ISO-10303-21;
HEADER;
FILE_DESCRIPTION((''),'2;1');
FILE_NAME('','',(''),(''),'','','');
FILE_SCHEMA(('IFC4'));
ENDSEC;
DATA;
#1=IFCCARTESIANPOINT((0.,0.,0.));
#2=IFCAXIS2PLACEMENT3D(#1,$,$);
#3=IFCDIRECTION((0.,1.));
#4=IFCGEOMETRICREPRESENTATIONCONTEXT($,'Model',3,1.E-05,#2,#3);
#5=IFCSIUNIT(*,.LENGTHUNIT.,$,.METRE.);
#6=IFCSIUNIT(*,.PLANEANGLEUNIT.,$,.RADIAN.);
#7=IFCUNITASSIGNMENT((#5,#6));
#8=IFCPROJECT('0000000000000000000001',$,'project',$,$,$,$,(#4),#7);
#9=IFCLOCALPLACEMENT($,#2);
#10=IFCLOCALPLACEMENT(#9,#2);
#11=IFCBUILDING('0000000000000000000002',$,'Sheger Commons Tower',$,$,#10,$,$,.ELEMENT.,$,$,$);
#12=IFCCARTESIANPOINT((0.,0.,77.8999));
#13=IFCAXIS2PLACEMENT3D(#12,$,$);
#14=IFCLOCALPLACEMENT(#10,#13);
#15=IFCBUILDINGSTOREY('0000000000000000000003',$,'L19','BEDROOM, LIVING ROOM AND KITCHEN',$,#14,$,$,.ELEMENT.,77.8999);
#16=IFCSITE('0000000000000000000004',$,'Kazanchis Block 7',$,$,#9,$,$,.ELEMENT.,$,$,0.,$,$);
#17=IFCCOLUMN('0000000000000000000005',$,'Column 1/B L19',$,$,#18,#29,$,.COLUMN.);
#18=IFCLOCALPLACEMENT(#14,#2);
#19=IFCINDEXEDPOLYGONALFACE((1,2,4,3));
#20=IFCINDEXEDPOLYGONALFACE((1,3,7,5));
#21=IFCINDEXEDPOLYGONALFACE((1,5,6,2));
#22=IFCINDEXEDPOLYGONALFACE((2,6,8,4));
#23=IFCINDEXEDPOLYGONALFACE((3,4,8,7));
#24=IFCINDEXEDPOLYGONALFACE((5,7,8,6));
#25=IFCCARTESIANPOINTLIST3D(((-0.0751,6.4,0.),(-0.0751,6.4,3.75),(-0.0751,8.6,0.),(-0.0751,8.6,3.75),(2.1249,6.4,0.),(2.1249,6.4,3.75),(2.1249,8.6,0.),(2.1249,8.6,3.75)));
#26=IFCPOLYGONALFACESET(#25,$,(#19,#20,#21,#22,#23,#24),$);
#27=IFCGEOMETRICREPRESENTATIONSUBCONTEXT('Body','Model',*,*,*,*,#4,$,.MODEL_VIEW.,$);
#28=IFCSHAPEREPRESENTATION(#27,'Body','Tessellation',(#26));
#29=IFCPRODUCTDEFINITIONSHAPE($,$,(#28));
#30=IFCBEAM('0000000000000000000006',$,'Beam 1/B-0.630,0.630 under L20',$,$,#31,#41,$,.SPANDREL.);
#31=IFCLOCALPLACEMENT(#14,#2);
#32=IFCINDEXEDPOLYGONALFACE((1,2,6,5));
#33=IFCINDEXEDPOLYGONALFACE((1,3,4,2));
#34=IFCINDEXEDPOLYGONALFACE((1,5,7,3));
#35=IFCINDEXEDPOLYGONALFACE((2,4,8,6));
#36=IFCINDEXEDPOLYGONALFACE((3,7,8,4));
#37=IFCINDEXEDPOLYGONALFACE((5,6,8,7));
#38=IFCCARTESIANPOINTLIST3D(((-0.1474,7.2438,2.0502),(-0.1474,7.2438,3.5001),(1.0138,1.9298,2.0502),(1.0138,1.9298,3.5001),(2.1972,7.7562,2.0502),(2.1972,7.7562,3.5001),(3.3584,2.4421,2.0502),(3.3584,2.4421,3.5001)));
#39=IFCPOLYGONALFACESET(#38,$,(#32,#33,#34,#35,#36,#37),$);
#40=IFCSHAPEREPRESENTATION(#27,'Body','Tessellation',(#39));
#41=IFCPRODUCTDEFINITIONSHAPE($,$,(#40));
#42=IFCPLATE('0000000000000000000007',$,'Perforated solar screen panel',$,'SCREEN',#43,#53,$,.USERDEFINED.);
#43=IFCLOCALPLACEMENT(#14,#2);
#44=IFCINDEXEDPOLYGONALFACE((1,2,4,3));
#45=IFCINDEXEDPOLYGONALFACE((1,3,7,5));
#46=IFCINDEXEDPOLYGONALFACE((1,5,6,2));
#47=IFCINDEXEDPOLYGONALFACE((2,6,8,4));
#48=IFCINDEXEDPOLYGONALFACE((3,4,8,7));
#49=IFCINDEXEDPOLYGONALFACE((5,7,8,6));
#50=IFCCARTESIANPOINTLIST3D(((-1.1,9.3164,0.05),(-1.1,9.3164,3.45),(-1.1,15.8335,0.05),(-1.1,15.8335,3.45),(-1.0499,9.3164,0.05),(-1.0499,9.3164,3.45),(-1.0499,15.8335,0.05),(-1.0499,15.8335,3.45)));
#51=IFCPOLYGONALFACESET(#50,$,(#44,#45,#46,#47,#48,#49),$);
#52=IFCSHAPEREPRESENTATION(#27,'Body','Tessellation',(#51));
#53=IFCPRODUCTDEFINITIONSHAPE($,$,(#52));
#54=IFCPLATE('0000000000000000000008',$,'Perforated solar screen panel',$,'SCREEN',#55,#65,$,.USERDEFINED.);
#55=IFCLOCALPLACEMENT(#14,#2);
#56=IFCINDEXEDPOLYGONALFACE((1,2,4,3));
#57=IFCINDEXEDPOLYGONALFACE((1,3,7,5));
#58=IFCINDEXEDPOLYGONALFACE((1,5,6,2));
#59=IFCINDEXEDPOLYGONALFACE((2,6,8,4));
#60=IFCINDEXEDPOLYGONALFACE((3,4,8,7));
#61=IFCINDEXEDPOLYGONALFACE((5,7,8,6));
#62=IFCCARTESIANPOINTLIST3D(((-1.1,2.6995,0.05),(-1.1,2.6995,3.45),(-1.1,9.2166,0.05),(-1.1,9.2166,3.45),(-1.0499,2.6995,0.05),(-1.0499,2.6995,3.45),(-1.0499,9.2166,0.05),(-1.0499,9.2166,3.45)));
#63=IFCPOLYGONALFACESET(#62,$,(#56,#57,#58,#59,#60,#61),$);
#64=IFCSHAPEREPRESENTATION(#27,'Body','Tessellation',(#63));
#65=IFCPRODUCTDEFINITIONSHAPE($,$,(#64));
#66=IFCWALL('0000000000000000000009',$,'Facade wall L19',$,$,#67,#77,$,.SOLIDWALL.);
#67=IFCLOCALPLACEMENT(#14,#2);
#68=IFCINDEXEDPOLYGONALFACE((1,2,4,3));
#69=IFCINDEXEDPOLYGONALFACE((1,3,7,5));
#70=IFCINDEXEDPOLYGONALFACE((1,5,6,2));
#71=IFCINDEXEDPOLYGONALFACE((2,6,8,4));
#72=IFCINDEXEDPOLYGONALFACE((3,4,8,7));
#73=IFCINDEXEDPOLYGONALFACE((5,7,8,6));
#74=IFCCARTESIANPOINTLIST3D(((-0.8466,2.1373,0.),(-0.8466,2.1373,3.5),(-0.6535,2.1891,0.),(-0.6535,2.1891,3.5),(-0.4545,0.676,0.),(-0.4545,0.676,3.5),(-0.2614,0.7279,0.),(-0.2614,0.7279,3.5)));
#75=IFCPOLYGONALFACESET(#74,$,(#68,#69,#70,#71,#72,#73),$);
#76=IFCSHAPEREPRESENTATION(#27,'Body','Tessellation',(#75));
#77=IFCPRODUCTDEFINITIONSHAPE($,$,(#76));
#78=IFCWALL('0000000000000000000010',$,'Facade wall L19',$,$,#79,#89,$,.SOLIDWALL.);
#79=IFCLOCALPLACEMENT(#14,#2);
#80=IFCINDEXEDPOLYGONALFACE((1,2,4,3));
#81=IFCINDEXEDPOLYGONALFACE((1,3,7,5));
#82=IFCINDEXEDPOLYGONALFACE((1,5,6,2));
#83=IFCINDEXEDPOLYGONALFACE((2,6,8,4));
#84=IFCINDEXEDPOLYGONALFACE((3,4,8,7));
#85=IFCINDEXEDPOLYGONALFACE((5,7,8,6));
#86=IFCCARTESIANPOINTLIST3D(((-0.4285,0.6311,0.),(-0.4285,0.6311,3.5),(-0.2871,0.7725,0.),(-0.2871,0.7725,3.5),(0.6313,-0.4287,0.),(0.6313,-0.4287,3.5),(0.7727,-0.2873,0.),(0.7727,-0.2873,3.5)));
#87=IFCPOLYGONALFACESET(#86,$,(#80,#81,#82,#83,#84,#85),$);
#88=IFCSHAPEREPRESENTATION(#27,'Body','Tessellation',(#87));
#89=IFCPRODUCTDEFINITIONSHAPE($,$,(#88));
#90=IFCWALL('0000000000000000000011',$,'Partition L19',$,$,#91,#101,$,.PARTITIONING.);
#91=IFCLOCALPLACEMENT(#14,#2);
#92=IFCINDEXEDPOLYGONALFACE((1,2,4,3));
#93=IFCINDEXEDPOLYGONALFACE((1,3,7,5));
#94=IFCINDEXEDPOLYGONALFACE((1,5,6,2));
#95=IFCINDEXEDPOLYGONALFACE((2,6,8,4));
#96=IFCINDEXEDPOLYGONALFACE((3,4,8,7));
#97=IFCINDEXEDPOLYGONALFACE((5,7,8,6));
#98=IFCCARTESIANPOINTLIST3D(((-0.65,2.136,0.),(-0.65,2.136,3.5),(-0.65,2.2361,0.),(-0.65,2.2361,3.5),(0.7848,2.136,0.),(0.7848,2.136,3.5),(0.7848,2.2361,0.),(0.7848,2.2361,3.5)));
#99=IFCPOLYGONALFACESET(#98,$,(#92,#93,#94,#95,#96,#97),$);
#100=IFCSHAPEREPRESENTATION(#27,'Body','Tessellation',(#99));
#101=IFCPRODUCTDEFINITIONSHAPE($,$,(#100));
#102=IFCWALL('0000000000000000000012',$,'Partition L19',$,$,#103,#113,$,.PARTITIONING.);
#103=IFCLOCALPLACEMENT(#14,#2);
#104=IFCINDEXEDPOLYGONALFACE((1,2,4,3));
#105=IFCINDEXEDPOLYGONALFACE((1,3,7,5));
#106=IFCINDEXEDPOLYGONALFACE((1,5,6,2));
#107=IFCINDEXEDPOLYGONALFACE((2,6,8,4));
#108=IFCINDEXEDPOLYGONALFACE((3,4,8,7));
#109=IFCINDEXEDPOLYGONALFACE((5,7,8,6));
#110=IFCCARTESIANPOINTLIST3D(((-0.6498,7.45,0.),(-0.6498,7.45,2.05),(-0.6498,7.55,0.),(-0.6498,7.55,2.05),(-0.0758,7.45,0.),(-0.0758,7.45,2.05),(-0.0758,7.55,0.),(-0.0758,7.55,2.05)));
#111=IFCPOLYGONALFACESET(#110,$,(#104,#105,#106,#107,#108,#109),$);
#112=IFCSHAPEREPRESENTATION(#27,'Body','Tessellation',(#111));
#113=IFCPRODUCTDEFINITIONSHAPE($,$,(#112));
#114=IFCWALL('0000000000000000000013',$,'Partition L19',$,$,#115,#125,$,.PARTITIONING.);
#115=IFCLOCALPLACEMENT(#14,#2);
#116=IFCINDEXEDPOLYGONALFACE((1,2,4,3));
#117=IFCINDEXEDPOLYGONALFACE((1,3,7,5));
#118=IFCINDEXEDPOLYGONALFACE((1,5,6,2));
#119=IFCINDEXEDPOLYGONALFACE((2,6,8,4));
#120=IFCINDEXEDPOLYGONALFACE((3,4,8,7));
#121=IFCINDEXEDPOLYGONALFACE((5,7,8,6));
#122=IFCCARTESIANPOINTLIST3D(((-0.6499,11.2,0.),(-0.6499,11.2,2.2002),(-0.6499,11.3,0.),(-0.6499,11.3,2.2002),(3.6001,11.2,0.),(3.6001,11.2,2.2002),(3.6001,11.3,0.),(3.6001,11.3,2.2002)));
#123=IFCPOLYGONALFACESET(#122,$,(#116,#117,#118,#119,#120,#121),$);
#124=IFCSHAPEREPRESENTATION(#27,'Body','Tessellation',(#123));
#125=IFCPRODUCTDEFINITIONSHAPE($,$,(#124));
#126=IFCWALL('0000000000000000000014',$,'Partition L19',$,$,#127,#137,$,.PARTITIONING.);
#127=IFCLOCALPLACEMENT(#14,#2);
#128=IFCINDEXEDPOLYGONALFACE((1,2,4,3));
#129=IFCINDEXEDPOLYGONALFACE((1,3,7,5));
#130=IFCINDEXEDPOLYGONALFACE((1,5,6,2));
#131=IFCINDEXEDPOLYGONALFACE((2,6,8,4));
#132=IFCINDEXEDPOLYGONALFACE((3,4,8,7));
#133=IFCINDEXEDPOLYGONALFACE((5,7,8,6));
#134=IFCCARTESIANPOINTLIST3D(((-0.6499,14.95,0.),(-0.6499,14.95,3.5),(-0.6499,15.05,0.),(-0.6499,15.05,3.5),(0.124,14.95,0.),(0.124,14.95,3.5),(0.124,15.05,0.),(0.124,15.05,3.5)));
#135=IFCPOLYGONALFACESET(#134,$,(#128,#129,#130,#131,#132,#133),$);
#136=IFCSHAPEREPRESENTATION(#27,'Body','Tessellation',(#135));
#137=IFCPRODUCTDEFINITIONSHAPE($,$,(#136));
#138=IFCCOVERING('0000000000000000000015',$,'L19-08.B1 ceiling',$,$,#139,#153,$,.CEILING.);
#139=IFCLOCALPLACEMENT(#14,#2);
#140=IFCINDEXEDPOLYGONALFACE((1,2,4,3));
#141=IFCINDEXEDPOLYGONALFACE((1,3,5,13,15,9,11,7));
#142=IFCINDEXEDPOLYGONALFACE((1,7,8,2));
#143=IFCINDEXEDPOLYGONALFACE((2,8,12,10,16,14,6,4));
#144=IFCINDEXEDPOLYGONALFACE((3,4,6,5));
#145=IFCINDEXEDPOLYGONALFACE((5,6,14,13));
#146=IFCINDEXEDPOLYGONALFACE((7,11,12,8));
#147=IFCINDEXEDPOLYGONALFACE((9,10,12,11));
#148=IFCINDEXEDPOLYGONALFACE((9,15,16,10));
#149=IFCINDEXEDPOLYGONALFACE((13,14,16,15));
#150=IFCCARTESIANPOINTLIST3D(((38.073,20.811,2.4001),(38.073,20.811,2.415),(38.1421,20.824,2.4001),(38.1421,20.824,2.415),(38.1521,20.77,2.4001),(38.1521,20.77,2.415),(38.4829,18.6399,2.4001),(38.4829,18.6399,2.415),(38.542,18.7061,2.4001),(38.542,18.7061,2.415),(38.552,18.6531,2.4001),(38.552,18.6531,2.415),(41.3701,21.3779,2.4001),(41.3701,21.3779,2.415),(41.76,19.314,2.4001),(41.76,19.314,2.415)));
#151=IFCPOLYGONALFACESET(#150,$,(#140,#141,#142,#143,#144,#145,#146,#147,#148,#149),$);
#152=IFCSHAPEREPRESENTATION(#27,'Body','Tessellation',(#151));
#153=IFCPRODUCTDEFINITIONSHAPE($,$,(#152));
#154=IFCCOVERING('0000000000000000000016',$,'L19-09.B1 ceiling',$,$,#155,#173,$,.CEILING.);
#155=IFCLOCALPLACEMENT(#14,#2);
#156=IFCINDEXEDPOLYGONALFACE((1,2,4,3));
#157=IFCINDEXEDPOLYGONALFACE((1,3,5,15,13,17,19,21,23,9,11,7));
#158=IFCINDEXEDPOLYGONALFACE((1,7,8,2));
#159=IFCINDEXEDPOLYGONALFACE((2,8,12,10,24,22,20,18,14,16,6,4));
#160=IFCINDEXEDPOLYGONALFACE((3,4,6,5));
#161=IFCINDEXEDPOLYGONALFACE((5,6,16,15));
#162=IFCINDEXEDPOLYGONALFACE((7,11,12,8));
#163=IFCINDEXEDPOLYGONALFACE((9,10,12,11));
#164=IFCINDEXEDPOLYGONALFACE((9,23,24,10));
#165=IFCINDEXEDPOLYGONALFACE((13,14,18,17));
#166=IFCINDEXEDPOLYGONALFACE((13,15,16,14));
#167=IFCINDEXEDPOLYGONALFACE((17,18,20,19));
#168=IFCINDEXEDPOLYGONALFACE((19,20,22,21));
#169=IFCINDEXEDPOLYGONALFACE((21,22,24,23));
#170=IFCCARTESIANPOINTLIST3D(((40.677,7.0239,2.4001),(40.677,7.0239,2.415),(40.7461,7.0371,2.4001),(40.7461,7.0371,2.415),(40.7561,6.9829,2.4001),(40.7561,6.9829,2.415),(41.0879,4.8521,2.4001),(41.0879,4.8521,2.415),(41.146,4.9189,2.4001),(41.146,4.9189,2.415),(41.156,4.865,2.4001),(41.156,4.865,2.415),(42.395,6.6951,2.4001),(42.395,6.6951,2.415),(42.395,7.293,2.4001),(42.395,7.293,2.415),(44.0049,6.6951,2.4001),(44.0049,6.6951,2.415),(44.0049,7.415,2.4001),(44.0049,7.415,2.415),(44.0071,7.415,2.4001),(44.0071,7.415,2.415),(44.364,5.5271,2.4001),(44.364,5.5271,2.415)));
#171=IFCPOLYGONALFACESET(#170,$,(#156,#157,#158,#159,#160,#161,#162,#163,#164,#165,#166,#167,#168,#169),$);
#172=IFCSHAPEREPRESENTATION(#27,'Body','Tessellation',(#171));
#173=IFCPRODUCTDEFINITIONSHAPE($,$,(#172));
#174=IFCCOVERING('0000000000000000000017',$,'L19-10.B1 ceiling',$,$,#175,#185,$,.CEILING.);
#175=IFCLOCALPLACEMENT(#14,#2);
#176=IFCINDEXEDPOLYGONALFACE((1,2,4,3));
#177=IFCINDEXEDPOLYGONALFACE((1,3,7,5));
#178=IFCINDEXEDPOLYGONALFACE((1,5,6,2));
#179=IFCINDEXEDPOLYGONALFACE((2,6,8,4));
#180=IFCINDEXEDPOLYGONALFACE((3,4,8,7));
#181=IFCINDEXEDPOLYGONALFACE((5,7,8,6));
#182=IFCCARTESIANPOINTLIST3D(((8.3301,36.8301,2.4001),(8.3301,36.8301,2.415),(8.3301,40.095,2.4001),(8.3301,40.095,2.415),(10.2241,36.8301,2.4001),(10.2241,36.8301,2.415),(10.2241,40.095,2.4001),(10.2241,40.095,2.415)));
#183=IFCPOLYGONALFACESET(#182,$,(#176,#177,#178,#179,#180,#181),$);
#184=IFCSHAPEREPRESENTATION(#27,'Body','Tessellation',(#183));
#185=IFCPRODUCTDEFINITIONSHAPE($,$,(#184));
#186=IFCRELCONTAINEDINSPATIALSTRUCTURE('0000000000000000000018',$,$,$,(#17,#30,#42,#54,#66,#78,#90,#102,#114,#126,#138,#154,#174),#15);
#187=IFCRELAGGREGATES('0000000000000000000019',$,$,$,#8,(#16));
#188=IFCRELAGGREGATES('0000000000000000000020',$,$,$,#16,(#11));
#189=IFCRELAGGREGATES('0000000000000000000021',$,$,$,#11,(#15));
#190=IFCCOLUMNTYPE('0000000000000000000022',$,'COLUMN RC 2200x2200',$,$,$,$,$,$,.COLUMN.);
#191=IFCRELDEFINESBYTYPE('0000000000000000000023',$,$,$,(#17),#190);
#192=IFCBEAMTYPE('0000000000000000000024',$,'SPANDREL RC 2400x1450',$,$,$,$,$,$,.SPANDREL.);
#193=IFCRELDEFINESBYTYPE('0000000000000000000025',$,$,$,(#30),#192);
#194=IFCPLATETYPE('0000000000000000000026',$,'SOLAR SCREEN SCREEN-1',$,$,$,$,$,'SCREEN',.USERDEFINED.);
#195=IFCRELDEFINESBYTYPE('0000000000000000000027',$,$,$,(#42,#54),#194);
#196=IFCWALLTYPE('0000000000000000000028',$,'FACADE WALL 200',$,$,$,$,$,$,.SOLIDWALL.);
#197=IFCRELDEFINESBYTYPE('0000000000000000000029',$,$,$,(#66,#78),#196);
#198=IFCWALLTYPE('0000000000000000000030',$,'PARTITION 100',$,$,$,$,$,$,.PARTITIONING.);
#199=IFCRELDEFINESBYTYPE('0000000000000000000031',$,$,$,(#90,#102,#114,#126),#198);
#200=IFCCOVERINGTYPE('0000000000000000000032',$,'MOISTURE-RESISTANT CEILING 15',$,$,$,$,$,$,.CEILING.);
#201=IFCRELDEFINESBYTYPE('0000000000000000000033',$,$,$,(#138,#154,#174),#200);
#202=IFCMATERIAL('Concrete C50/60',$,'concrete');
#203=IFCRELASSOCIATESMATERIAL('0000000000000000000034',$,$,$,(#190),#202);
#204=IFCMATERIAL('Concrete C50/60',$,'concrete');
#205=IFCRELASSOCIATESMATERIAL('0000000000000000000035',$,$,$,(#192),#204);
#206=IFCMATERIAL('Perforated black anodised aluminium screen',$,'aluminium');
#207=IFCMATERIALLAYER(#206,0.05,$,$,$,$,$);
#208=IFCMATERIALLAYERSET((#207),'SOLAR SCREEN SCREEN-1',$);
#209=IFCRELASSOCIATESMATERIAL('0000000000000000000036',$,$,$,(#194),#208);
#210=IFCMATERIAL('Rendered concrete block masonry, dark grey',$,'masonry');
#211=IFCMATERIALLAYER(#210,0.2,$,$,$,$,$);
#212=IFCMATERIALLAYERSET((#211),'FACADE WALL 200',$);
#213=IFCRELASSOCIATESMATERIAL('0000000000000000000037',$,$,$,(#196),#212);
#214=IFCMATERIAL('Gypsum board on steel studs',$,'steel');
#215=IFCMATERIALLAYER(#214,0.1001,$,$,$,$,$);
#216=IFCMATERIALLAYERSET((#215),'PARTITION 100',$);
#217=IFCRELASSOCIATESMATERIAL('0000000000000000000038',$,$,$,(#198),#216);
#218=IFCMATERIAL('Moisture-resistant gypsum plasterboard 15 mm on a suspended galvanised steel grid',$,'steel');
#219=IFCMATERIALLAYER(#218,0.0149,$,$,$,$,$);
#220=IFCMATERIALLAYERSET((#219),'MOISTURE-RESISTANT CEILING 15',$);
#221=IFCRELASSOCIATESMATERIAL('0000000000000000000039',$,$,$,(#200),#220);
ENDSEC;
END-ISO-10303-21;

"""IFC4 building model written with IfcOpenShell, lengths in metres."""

from ifc_helpers import new_model, si_unit, direction, frame, frame_2d, origin, origin_2d, place, context, subcontext, project, spatial, polyline, rectangle, outline, extrude, material, layer, layer_set, material_profile, profile_set, type_object, element, save


model = new_model("IFC4")

# Units and contexts
model_context = context("Model", 3, precision=1e-05, world=origin(), true_north=direction((0.0, 1.0)))
body_context = subcontext(model_context, "Body", "Model", "MODEL_VIEW")
ifc_project = project(units=[si_unit("LENGTHUNIT", "METRE"), si_unit("PLANEANGLEUNIT", "RADIAN")], contexts=[model_context])

# Site, building, storey
site_placement = place(None, origin())
site = spatial("IfcSite", under=ifc_project, at=site_placement, Name="Kazanchis Block 7", CompositionType="ELEMENT", RefElevation=0.0)
building_placement = place(site_placement, origin())
building = spatial("IfcBuilding", under=site, at=building_placement, Name="Sheger Commons Tower", CompositionType="ELEMENT")
storey_placement = place(building_placement, frame((0.0, 0.0, 77.8999)))
storey = spatial("IfcBuildingStorey", under=building, at=storey_placement, Name="L19", Description="BEDROOM, LIVING ROOM AND KITCHEN", CompositionType="ELEMENT", Elevation=77.8999)

# Column
ifc_material_1 = material(Name="Concrete C50/60", Category="concrete")
ifc_material_profile_1 = material_profile(ifc_material_1, rectangle(XDim=2.2, YDim=2.2, at=origin_2d()), Name="RC 2200x2200")
ifc_profile_set_1 = profile_set([ifc_material_profile_1], Name="Concrete C50/60")
column_type = type_object("IfcColumnType", Name="COLUMN RC 2200x2200", PredefinedType="COLUMN", material=ifc_profile_set_1)
column_placement = place(storey_placement, frame((1.0249, 7.5, 0.0), z_axis=(0.0, 0.0, 1.0), x_axis=(1.0, 0.0, 0.0)))
element("IfcColumn", 1, at=column_placement, inside=storey, type_object=column_type, Name="Column 1/B L19", PredefinedType="COLUMN", context=body_context, shape_type="SweptSolid", body=[
    extrude(rectangle(XDim=2.2, YDim=2.2, at=origin_2d()), origin(), (0.0, 0.0, 1.0), 3.75),
])

# Beam
ifc_material_2 = material(Name="Concrete C50/60", Category="concrete")
ifc_material_profile_2 = material_profile(ifc_material_2, rectangle(XDim=2.3999, YDim=1.45, at=origin_2d()), Name="RC 2400x1450")
ifc_profile_set_2 = profile_set([ifc_material_profile_2], Name="Concrete C50/60")
beam_type = type_object("IfcBeamType", Name="SPANDREL RC 2400x1450", PredefinedType="SPANDREL", material=ifc_profile_set_2)
beam_placement = place(storey_placement, frame((1.0249, 7.5, 2.7751), z_axis=(0.213469, -0.97695, 0.0), x_axis=(0.97695, 0.213469, 0.0)))
element("IfcBeam", 2, at=beam_placement, inside=storey, type_object=beam_type, Name="Beam 1/B-0.630,0.630 under L20", PredefinedType="SPANDREL", context=body_context, shape_type="SweptSolid", body=[
    extrude(rectangle(XDim=2.3999, YDim=1.45, at=origin_2d()), origin(), (0.0, 0.0, 1.0), 5.4395),
])

# Plates
ifc_material_3 = material(Name="Perforated black anodised aluminium screen", Category="aluminium")
ifc_layer_1 = layer(ifc_material_3, 0.05)
ifc_layer_set_1 = layer_set([ifc_layer_1], Name="SOLAR SCREEN SCREEN-1")
plate_type = type_object("IfcPlateType", Name="SOLAR SCREEN SCREEN-1", ElementType="SCREEN", PredefinedType="USERDEFINED", material=ifc_layer_set_1)
for number, where, z_axis, x_axis, name in (
    (3, (-1.075, 12.575, 0.05), (0.0, 0.0, 1.0), (0.0, -1.0, 0.0), "Perforated solar screen panel"),
    (4, (-1.075, 5.958, 0.05), (0.0, 0.0, 1.0), (0.0, -1.0, 0.0), "Perforated solar screen panel"),
):
    element("IfcPlate", number, at=place(storey_placement, frame(where, z_axis=z_axis, x_axis=x_axis)), inside=storey, type_object=plate_type, Name=name, ObjectType="SCREEN", PredefinedType="USERDEFINED", context=body_context, shape_type="SweptSolid", body=[
        extrude(rectangle(XDim=6.5171, YDim=0.05, at=origin_2d()), origin(), (0.0, 0.0, 1.0), 3.3999),
    ])

# Walls
ifc_material_4 = material(Name="Rendered concrete block masonry, dark grey", Category="masonry")
ifc_layer_2 = layer(ifc_material_4, 0.2)
ifc_layer_set_2 = layer_set([ifc_layer_2], Name="FACADE WALL 200")
wall_type_1 = type_object("IfcWallType", Name="FACADE WALL 200", PredefinedType="SOLIDWALL", material=ifc_layer_set_2)
wall_1_placement = place(storey_placement, frame((-0.75, 2.1631, 0.0), z_axis=(0.0, 0.0, 1.0), x_axis=(0.259169, -0.965832, 0.0)))
element("IfcWall", 5, at=wall_1_placement, inside=storey, type_object=wall_type_1, Name="Facade wall L19", PredefinedType="SOLIDWALL", context=body_context, shape_type="SweptSolid", body=[
    extrude(rectangle(XDim=1.5129, YDim=0.2, at=frame_2d((0.7563, 0.0))), origin(), (0.0, 0.0, 1.0), 3.5),
])
wall_2_placement = place(storey_placement, frame((-0.3579, 0.7019, 0.0), z_axis=(0.0, 0.0, 1.0), x_axis=(0.707107, -0.707107, 0.0)))
element("IfcWall", 6, at=wall_2_placement, inside=storey, type_object=wall_type_1, Name="Facade wall L19", PredefinedType="SOLIDWALL", context=body_context, shape_type="SweptSolid", body=[
    extrude(rectangle(XDim=1.4988, YDim=0.2, at=frame_2d((0.7495, 0.0))), origin(), (0.0, 0.0, 1.0), 3.5),
])
ifc_material_5 = material(Name="Gypsum board on steel studs", Category="steel")
ifc_layer_3 = layer(ifc_material_5, 0.1001)
ifc_layer_set_3 = layer_set([ifc_layer_3], Name="PARTITION 100")
wall_type_2 = type_object("IfcWallType", Name="PARTITION 100", PredefinedType="PARTITIONING", material=ifc_layer_set_3)
wall_3_placement = place(storey_placement, frame((-0.6499, 2.186, 0.0), z_axis=(0.0, 0.0, 1.0), x_axis=(1.0, 0.0, 0.0)))
element("IfcWall", 7, at=wall_3_placement, inside=storey, type_object=wall_type_2, Name="Partition L19", PredefinedType="PARTITIONING", context=body_context, shape_type="SweptSolid", body=[
    extrude(rectangle(XDim=1.4348, YDim=0.1001, at=frame_2d((0.7173, 0.0))), origin(), (0.0, 0.0, 1.0), 3.5),
])
wall_4_placement = place(storey_placement, frame((-0.6499, 7.5, 0.0), z_axis=(0.0, 0.0, 1.0), x_axis=(1.0, 0.0, 0.0)))
element("IfcWall", 8, at=wall_4_placement, inside=storey, type_object=wall_type_2, Name="Partition L19", PredefinedType="PARTITIONING", context=body_context, shape_type="SweptSolid", body=[
    extrude(rectangle(XDim=0.574, YDim=0.1001, at=frame_2d((0.2871, 0.0))), origin(), (0.0, 0.0, 1.0), 2.05),
])
wall_5_placement = place(storey_placement, frame((-0.6499, 11.25, 0.0), z_axis=(0.0, 0.0, 1.0), x_axis=(1.0, 0.0, 0.0)))
element("IfcWall", 9, at=wall_5_placement, inside=storey, type_object=wall_type_2, Name="Partition L19", PredefinedType="PARTITIONING", context=body_context, shape_type="SweptSolid", body=[
    extrude(rectangle(XDim=4.25, YDim=0.1001, at=frame_2d((2.125, 0.0))), origin(), (0.0, 0.0, 1.0), 2.2002),
])
wall_6_placement = place(storey_placement, frame((-0.6499, 15.0, 0.0), z_axis=(0.0, 0.0, 1.0), x_axis=(1.0, 0.0, 0.0)))
element("IfcWall", 10, at=wall_6_placement, inside=storey, type_object=wall_type_2, Name="Partition L19", PredefinedType="PARTITIONING", context=body_context, shape_type="SweptSolid", body=[
    extrude(rectangle(XDim=0.7739, YDim=0.1001, at=frame_2d((0.387, 0.0))), origin(), (0.0, 0.0, 1.0), 3.5),
])

# Coverings
ifc_material_6 = material(Name="Moisture-resistant gypsum plasterboard 15 mm on a suspended galvanised steel grid", Category="steel")
ifc_layer_4 = layer(ifc_material_6, 0.0149)
ifc_layer_set_4 = layer_set([ifc_layer_4], Name="MOISTURE-RESISTANT CEILING 15")
covering_type_1 = type_object("IfcCoveringType", Name="MOISTURE-RESISTANT CEILING 15", PredefinedType="CEILING", material=ifc_layer_set_4)
covering_1_placement = place(storey_placement, frame((0.0, 0.0, 2.4001)))
element("IfcCovering", 11, at=covering_1_placement, inside=storey, type_object=covering_type_1, Name="L19-08.B1 ceiling", PredefinedType="CEILING", context=body_context, shape_type="SweptSolid", body=[
    extrude(outline(polyline([(38.4829, 18.6399), (38.552, 18.6531), (38.542, 18.7061), (41.76, 19.314), (41.3701, 21.3779), (38.1521, 20.77), (38.1421, 20.824), (38.073, 20.811), (38.4829, 18.6399)])), origin(), (0.0, 0.0, 1.0), 0.0149),
])
covering_2_placement = place(storey_placement, frame((0.0, 0.0, 2.4001)))
element("IfcCovering", 12, at=covering_2_placement, inside=storey, type_object=covering_type_1, Name="L19-09.B1 ceiling", PredefinedType="CEILING", context=body_context, shape_type="SweptSolid", body=[
    extrude(outline(polyline([(41.0879, 4.8521), (41.156, 4.865), (41.146, 4.9189), (44.364, 5.5271), (44.0071, 7.415), (44.0049, 7.415), (44.0049, 6.6951), (42.395, 6.6951), (42.395, 7.293), (40.7561, 6.9829), (40.7461, 7.0371), (40.677, 7.0239), (41.0879, 4.8521)])), origin(), (0.0, 0.0, 1.0), 0.0149),
])
covering_3_placement = place(storey_placement, frame((0.0, 0.0, 2.4001)))
element("IfcCovering", 13, at=covering_3_placement, inside=storey, type_object=covering_type_1, Name="L19-10.B1 ceiling", PredefinedType="CEILING", context=body_context, shape_type="SweptSolid", body=[
    extrude(outline(polyline([(8.3301, 36.8301), (10.2241, 36.8301), (10.2241, 40.095), (8.3301, 40.095), (8.3301, 36.8301)])), origin(), (0.0, 0.0, 1.0), 0.0149),
])

save(model, "model.ifc")
